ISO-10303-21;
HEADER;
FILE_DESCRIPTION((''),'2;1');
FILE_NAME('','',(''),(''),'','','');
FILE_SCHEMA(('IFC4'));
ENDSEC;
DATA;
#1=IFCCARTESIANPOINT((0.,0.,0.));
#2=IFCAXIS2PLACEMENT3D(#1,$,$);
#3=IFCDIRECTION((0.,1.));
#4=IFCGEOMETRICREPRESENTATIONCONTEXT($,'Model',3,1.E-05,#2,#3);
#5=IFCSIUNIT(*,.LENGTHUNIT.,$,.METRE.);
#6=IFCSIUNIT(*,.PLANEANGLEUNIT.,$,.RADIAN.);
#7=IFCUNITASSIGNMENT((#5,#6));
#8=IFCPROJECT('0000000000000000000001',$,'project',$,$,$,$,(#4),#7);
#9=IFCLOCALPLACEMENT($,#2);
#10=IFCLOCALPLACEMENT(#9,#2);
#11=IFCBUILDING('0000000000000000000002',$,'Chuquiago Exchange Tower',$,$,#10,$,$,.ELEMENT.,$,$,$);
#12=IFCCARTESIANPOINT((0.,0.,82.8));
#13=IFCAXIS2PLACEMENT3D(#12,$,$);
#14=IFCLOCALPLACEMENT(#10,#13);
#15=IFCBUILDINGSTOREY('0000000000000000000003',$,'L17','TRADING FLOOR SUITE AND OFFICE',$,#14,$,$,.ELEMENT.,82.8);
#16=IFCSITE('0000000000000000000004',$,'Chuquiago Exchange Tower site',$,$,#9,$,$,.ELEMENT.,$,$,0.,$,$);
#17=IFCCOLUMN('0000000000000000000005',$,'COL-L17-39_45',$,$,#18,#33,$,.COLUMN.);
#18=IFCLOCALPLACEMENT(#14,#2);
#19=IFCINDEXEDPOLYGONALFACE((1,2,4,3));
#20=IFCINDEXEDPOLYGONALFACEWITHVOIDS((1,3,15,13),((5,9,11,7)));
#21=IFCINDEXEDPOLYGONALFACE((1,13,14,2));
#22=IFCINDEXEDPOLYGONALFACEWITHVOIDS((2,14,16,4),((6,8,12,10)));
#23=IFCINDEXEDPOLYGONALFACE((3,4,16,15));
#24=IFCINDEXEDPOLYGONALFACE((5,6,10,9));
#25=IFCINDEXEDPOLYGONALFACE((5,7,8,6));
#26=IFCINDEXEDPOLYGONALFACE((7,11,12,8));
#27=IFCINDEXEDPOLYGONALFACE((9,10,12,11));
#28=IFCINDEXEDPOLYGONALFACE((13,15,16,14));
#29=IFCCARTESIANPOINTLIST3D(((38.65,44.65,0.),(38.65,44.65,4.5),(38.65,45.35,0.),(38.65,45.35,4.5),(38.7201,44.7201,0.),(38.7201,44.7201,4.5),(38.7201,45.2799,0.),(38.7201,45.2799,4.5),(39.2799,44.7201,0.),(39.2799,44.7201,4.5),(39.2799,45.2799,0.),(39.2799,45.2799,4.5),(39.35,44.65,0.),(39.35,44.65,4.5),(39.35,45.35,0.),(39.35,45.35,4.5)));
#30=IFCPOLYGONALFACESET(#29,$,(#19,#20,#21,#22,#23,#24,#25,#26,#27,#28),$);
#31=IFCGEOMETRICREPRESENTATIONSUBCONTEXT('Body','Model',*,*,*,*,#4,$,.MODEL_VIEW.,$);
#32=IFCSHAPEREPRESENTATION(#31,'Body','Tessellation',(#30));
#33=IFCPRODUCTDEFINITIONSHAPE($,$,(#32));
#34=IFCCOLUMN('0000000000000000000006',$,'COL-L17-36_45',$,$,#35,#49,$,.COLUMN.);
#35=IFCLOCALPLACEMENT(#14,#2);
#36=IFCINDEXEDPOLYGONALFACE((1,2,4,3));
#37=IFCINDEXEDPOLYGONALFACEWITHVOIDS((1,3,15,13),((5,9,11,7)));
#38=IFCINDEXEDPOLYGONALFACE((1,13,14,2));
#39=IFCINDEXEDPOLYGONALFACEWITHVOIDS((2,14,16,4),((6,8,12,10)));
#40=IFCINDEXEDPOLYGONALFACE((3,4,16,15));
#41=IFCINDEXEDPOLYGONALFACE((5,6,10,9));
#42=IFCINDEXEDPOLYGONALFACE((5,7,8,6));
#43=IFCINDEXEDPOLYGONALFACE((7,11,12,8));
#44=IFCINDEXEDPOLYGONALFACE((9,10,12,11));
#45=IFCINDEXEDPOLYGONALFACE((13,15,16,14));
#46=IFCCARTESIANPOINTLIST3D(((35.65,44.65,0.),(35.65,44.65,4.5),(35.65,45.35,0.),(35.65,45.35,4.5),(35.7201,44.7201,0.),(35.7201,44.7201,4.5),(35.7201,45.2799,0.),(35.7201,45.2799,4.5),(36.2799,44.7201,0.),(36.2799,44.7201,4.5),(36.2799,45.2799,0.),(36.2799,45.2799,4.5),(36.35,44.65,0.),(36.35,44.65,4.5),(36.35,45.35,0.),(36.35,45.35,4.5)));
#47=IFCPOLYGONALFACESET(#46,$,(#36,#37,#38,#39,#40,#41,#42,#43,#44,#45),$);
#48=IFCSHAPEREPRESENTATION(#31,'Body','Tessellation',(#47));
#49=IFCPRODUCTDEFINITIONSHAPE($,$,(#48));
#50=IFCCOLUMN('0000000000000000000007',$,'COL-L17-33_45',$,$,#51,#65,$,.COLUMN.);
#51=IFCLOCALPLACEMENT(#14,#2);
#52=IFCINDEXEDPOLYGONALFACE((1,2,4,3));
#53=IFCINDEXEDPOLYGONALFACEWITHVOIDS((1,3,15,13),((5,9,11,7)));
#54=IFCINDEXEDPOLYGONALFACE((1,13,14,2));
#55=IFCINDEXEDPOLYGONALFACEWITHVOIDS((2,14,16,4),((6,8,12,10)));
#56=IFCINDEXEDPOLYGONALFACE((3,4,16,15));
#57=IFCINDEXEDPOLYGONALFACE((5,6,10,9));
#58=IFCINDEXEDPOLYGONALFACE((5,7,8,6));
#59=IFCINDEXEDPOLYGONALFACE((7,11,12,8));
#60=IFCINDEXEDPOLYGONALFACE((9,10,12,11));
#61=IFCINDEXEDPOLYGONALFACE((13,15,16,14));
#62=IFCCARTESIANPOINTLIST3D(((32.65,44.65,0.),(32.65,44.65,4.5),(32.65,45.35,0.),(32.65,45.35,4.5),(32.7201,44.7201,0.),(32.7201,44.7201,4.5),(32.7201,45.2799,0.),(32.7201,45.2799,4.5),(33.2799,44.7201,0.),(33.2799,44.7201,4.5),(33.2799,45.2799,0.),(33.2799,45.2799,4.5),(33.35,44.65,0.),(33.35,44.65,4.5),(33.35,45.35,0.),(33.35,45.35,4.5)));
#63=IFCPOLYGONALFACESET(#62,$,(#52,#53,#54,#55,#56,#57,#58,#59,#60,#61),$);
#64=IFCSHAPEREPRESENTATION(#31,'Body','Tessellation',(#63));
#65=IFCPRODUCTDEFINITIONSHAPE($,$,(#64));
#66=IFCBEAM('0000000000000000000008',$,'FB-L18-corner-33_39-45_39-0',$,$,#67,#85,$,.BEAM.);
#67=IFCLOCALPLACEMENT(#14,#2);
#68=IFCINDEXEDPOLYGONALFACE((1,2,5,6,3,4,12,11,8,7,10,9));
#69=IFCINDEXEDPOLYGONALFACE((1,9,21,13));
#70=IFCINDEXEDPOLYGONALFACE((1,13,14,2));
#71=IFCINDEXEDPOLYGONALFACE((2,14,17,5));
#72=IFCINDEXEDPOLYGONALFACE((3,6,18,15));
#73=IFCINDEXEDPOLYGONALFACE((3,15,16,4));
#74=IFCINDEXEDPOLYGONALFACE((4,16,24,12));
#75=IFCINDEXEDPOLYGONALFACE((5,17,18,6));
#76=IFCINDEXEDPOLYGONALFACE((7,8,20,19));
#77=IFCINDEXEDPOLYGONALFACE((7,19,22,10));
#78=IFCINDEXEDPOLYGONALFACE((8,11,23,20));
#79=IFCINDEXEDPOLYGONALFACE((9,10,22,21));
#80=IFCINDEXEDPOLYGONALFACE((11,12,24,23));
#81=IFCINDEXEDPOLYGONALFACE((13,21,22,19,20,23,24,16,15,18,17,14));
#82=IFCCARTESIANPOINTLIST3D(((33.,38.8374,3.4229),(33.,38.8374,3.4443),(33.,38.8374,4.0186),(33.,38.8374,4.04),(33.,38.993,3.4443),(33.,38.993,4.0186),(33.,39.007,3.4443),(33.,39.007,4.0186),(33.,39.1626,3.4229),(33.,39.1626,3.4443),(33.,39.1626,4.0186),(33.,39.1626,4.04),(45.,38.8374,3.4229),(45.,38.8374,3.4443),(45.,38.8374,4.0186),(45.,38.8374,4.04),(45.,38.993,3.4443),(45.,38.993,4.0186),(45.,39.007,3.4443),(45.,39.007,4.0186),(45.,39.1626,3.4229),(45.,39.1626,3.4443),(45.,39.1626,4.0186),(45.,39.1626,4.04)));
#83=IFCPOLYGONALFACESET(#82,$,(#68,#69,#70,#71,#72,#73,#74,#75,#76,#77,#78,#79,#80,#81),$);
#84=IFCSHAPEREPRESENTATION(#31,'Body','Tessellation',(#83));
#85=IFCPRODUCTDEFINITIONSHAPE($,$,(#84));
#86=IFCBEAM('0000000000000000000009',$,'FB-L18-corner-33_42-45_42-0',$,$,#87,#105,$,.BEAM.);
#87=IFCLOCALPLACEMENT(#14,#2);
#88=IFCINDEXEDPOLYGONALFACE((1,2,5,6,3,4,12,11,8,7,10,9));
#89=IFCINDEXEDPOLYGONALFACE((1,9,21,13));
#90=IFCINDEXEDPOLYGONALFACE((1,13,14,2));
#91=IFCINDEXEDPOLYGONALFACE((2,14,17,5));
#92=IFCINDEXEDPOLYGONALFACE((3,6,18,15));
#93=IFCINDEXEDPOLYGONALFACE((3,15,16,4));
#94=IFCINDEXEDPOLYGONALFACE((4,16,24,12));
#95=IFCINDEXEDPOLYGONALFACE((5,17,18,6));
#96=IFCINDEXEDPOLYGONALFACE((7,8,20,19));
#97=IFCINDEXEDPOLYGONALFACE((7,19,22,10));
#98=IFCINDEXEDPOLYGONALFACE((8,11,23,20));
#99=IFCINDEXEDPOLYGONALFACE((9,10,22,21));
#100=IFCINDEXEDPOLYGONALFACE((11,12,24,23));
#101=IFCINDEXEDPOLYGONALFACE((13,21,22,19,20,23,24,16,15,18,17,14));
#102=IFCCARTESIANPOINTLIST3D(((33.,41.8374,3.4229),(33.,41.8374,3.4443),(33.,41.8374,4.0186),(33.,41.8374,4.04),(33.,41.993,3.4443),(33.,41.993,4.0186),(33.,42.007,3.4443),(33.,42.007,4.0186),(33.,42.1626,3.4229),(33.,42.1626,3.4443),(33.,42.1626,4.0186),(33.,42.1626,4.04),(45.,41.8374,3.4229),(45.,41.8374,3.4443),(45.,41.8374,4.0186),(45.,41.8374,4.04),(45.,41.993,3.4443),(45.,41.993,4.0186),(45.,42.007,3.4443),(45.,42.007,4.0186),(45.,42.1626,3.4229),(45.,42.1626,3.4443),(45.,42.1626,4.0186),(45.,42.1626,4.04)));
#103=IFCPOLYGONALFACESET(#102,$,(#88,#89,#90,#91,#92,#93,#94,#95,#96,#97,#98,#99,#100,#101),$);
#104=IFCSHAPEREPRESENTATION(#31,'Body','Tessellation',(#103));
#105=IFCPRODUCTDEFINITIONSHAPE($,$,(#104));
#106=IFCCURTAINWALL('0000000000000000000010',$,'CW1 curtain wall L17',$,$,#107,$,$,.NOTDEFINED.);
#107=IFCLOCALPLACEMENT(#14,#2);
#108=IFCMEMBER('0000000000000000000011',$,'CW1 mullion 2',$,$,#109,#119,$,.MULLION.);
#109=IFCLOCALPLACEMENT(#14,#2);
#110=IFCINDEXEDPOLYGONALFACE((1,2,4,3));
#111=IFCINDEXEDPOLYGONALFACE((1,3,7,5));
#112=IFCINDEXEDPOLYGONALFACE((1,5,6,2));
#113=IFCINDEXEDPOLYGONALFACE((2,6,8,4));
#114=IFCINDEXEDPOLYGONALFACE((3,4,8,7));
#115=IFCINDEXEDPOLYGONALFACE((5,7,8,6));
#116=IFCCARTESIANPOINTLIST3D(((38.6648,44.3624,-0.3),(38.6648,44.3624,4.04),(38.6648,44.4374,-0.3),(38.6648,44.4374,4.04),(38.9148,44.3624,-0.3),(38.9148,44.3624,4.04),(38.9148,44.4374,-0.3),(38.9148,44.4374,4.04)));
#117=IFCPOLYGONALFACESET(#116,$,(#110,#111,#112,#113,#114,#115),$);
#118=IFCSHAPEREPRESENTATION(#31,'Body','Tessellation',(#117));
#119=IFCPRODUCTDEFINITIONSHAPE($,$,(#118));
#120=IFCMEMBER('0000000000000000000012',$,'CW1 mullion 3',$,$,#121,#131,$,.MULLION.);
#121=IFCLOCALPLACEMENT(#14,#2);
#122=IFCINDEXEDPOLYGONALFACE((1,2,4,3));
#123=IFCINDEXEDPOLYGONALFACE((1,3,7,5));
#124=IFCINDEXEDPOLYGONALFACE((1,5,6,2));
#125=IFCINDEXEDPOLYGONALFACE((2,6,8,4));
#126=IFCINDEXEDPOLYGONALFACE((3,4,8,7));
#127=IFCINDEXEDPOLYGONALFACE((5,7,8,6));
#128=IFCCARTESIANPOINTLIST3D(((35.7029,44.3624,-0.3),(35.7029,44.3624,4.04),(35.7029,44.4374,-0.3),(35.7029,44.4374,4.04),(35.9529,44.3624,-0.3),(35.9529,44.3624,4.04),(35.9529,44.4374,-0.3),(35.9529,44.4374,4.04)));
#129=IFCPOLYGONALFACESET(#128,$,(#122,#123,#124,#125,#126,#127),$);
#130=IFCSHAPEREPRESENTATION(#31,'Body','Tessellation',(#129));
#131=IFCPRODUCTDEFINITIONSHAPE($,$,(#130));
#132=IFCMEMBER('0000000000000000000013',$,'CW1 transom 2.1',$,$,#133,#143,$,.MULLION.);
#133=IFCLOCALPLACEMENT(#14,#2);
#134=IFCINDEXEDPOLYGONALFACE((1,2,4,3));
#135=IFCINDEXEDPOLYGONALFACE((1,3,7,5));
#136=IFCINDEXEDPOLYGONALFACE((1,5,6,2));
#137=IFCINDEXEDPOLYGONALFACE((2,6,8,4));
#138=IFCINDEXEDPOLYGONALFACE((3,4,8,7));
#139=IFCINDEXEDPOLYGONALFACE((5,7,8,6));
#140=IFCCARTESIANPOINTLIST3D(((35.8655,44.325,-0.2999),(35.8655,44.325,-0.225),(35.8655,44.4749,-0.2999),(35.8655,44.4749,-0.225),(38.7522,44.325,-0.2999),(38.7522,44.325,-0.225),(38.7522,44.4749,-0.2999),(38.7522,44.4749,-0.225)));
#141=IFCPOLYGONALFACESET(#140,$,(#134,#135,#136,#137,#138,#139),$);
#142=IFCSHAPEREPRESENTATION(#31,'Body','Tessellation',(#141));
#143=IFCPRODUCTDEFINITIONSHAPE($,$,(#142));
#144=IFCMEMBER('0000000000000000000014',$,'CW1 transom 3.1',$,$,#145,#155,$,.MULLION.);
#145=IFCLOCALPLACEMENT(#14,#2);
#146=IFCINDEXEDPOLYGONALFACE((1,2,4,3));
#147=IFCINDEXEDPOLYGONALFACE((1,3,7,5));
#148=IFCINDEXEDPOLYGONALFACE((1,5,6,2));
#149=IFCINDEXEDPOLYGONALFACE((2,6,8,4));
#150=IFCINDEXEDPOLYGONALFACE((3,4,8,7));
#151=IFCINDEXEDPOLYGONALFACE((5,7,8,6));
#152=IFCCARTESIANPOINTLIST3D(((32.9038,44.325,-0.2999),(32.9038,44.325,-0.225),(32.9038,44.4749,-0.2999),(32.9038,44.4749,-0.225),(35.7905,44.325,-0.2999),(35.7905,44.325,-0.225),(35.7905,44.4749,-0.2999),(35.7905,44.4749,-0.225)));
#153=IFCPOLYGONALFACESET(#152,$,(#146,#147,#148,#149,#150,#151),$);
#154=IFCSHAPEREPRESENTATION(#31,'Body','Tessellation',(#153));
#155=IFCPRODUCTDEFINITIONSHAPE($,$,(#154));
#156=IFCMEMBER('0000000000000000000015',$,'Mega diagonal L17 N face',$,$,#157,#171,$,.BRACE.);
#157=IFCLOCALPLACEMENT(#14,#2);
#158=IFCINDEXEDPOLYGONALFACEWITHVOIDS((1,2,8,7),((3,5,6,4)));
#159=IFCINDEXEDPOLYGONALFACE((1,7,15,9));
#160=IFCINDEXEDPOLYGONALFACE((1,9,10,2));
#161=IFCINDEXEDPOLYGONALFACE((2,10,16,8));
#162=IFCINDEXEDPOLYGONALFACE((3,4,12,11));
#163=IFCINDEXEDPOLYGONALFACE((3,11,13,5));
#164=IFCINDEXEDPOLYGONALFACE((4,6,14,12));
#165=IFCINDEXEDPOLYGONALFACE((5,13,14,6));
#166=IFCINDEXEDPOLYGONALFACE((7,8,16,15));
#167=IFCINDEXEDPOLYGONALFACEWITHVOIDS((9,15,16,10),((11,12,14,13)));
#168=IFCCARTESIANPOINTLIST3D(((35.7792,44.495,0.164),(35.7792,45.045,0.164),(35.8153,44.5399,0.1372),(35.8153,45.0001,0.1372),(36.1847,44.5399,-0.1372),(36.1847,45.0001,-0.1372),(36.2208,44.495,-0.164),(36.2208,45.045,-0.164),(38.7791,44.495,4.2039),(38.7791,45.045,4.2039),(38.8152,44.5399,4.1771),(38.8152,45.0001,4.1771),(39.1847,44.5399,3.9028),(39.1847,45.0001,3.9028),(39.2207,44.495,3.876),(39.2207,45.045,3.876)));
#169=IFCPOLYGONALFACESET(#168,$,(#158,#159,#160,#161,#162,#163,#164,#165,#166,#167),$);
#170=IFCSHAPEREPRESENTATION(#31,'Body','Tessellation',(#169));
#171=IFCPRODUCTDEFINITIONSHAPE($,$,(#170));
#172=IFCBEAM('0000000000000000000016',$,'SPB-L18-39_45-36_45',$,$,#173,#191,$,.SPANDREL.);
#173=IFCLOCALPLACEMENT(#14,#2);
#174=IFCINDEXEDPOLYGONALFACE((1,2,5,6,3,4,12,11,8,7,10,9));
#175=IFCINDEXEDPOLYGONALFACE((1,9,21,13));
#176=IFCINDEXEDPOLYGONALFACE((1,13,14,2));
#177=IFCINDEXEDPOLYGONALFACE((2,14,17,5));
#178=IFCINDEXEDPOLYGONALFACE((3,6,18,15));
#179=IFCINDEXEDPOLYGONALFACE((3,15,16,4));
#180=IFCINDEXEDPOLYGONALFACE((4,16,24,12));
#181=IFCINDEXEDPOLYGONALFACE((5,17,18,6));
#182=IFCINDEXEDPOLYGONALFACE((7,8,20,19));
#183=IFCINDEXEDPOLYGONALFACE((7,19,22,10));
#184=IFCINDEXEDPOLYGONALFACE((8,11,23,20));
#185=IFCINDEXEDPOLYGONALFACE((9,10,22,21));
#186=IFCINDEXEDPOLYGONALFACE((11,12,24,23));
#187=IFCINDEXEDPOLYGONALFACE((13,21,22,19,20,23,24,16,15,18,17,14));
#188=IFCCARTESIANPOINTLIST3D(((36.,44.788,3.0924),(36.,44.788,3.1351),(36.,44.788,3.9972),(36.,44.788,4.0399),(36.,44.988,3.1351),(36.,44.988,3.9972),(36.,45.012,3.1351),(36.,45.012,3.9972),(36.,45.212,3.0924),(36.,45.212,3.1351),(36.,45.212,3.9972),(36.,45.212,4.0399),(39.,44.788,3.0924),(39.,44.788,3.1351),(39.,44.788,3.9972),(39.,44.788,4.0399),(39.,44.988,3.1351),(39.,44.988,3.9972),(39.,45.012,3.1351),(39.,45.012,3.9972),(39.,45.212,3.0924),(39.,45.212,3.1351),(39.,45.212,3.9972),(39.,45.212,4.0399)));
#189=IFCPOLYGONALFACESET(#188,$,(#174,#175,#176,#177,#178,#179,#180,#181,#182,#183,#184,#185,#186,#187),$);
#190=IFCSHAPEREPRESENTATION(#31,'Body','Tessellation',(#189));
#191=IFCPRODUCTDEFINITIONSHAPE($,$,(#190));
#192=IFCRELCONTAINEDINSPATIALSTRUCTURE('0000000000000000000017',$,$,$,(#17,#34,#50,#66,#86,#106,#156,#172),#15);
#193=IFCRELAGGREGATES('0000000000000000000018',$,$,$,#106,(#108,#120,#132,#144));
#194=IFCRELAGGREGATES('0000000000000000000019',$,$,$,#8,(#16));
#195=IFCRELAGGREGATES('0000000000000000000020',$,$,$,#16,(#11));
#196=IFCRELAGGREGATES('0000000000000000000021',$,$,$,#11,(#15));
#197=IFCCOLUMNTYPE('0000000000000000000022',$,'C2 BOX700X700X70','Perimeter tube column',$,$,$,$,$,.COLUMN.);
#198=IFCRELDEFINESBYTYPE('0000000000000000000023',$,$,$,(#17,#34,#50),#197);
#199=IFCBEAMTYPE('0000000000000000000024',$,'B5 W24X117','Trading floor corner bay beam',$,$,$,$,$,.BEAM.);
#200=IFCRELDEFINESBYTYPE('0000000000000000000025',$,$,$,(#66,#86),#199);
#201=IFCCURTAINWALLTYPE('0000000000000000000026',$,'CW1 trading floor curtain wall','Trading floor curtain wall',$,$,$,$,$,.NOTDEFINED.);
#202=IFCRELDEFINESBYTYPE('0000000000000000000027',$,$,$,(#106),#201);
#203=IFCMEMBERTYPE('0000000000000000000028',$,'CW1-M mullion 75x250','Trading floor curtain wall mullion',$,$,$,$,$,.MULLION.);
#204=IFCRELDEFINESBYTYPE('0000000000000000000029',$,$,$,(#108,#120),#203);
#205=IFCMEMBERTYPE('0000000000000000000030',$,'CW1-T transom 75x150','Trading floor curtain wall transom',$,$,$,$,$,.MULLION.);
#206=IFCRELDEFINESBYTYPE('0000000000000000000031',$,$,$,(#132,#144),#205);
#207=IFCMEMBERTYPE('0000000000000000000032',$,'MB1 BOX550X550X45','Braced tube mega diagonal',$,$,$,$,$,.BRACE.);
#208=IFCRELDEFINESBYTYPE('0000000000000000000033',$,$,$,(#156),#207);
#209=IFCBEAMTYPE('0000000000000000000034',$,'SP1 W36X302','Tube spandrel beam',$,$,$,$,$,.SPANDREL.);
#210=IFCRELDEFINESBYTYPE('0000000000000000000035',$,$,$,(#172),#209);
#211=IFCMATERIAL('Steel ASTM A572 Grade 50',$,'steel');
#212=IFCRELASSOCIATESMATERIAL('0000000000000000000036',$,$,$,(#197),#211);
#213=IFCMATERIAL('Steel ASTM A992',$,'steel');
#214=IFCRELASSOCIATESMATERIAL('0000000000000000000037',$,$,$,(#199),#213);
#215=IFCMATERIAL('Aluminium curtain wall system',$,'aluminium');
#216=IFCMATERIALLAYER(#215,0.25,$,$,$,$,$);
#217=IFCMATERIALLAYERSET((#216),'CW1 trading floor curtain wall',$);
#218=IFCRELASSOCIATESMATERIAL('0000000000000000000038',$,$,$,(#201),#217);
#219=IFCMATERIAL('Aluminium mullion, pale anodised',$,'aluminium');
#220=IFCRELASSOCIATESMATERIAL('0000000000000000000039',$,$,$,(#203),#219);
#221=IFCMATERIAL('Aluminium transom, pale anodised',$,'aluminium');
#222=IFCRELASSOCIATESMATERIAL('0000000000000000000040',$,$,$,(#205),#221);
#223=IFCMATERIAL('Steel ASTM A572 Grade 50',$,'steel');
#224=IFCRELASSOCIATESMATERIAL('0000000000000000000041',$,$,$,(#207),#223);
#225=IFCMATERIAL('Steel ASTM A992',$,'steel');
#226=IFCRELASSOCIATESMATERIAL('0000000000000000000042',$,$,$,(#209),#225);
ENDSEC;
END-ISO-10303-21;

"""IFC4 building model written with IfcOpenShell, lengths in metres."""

from ifc_helpers import new_model, si_unit, direction, frame, origin, origin_2d, place, context, subcontext, project, spatial, rectangle, hollow_rectangle, i_section, extrude, material, layer, layer_set, material_profile, profile_set, type_object, element, aggregate, save


model = new_model("IFC4")

# Units and contexts
model_context = context("Model", 3, precision=1e-05, world=origin(), true_north=direction((0.0, 1.0)))
body_context = subcontext(model_context, "Body", "Model", "MODEL_VIEW")
ifc_project = project(units=[si_unit("LENGTHUNIT", "METRE"), si_unit("PLANEANGLEUNIT", "RADIAN")], contexts=[model_context])

# Site, building, storey
site_placement = place(None, origin())
site = spatial("IfcSite", under=ifc_project, at=site_placement, Name="Chuquiago Exchange Tower site", CompositionType="ELEMENT", RefElevation=0.0)
building_placement = place(site_placement, origin())
building = spatial("IfcBuilding", under=site, at=building_placement, Name="Chuquiago Exchange Tower", CompositionType="ELEMENT")
storey_placement = place(building_placement, frame((0.0, 0.0, 82.8)))
storey = spatial("IfcBuildingStorey", under=building, at=storey_placement, Name="L17", Description="TRADING FLOOR SUITE AND OFFICE", CompositionType="ELEMENT", Elevation=82.8)

# Columns
ifc_material_1 = material(Name="Steel ASTM A572 Grade 50", Category="steel")
ifc_material_profile_1 = material_profile(ifc_material_1, hollow_rectangle(XDim=0.7, YDim=0.7, WallThickness=0.0701, at=origin_2d()), Name="BOX700X700X70")
ifc_profile_set_1 = profile_set([ifc_material_profile_1], Name="Steel ASTM A572 Grade 50")
column_type = type_object("IfcColumnType", Name="C2 BOX700X700X70", Description="Perimeter tube column", PredefinedType="COLUMN", material=ifc_profile_set_1)
for number, where, z_axis, x_axis, name in (
    (1, (39.0, 45.0, 0.0), (0.0, 0.0, 1.0), (0.0, 1.0, 0.0), "COL-L17-39_45"),
    (2, (36.0, 45.0, 0.0), (0.0, 0.0, 1.0), (0.0, 1.0, 0.0), "COL-L17-36_45"),
    (3, (33.0, 45.0, 0.0), (0.0, 0.0, 1.0), (0.0, 1.0, 0.0), "COL-L17-33_45"),
):
    element("IfcColumn", number, at=place(storey_placement, frame(where, z_axis=z_axis, x_axis=x_axis)), inside=storey, type_object=column_type, Name=name, PredefinedType="COLUMN", context=body_context, shape_type="SweptSolid", body=[
        extrude(hollow_rectangle(XDim=0.7, YDim=0.7, WallThickness=0.0701, at=origin_2d()), origin(), (0.0, 0.0, 1.0), 4.5),
    ])

# Beams
ifc_material_2 = material(Name="Steel ASTM A992", Category="steel")
ifc_material_profile_2 = material_profile(ifc_material_2, i_section(OverallWidth=0.3252, OverallDepth=0.6172, WebThickness=0.0139, FlangeThickness=0.0215, at=origin_2d()), Name="W24X117")
ifc_profile_set_2 = profile_set([ifc_material_profile_2], Name="Steel ASTM A992")
beam_type_1 = type_object("IfcBeamType", Name="B5 W24X117", Description="Trading floor corner bay beam", PredefinedType="BEAM", material=ifc_profile_set_2)
for number, where, z_axis, x_axis, name in (
    (4, (33.0, 39.0, 3.7314), (1.0, 0.0, 0.0), (0.0, 1.0, 0.0), "FB-L18-corner-33_39-45_39-0"),
    (5, (33.0, 42.0, 3.7314), (1.0, 0.0, 0.0), (0.0, 1.0, 0.0), "FB-L18-corner-33_42-45_42-0"),
):
    element("IfcBeam", number, at=place(storey_placement, frame(where, z_axis=z_axis, x_axis=x_axis)), inside=storey, type_object=beam_type_1, Name=name, PredefinedType="BEAM", context=body_context, shape_type="SweptSolid", body=[
        extrude(i_section(OverallWidth=0.3252, OverallDepth=0.6172, WebThickness=0.0139, FlangeThickness=0.0215, at=origin_2d()), origin(), (0.0, 0.0, 1.0), 12.0),
    ])

# Curtain wall, members
ifc_material_3 = material(Name="Aluminium curtain wall system", Category="aluminium")
ifc_layer_1 = layer(ifc_material_3, 0.25)
ifc_layer_set_1 = layer_set([ifc_layer_1], Name="CW1 trading floor curtain wall")
curtain_wall_type = type_object("IfcCurtainWallType", Name="CW1 trading floor curtain wall", Description="Trading floor curtain wall", PredefinedType="NOTDEFINED", material=ifc_layer_set_1)
curtain_wall_placement = place(storey_placement, origin())
curtain_wall = element("IfcCurtainWall", 6, at=curtain_wall_placement, inside=storey, type_object=curtain_wall_type, Name="CW1 curtain wall L17", PredefinedType="NOTDEFINED")
ifc_material_4 = material(Name="Aluminium mullion, pale anodised", Category="aluminium")
ifc_material_profile_3 = material_profile(ifc_material_4, rectangle(XDim=0.075, YDim=0.25, at=origin_2d()), Name="AL 75x250")
ifc_profile_set_3 = profile_set([ifc_material_profile_3], Name="Aluminium mullion, pale anodised")
member_type_1 = type_object("IfcMemberType", Name="CW1-M mullion 75x250", Description="Trading floor curtain wall mullion", PredefinedType="MULLION", material=ifc_profile_set_3)
member_1_placement = place(storey_placement, frame((38.7898, 44.3999, -0.3), z_axis=(0.0, 0.0, 1.0), x_axis=(0.0, -1.0, 0.0)))
member_1 = element("IfcMember", 7, at=member_1_placement, type_object=member_type_1, Name="CW1 mullion 2", PredefinedType="MULLION", context=body_context, shape_type="SweptSolid", body=[
    extrude(rectangle(XDim=0.075, YDim=0.25, at=origin_2d()), origin(), (0.0, 0.0, 1.0), 4.3401),
])
member_2_placement = place(storey_placement, frame((35.8279, 44.3999, -0.3), z_axis=(0.0, 0.0, 1.0), x_axis=(0.0, -1.0, 0.0)))
member_2 = element("IfcMember", 8, at=member_2_placement, type_object=member_type_1, Name="CW1 mullion 3", PredefinedType="MULLION", context=body_context, shape_type="SweptSolid", body=[
    extrude(rectangle(XDim=0.075, YDim=0.25, at=origin_2d()), origin(), (0.0, 0.0, 1.0), 4.3401),
])
ifc_material_5 = material(Name="Aluminium transom, pale anodised", Category="aluminium")
ifc_material_profile_4 = material_profile(ifc_material_5, rectangle(XDim=0.1499, YDim=0.075, at=origin_2d()), Name="AL 150x75")
ifc_profile_set_4 = profile_set([ifc_material_profile_4], Name="Aluminium transom, pale anodised")
member_type_2 = type_object("IfcMemberType", Name="CW1-T transom 75x150", Description="Trading floor curtain wall transom", PredefinedType="MULLION", material=ifc_profile_set_4)
member_3_placement = place(storey_placement, frame((38.7522, 44.3999, -0.2625), z_axis=(-1.0, 0.0, 0.0), x_axis=(0.0, -1.0, 0.0)))
member_3 = element("IfcMember", 9, at=member_3_placement, type_object=member_type_2, Name="CW1 transom 2.1", PredefinedType="MULLION", context=body_context, shape_type="SweptSolid", body=[
    extrude(rectangle(XDim=0.1499, YDim=0.075, at=origin_2d()), origin(), (0.0, 0.0, 1.0), 2.8867),
])
member_4_placement = place(storey_placement, frame((35.7905, 44.3999, -0.2625), z_axis=(-1.0, 0.0, 0.0), x_axis=(0.0, -1.0, 0.0)))
member_4 = element("IfcMember", 10, at=member_4_placement, type_object=member_type_2, Name="CW1 transom 3.1", PredefinedType="MULLION", context=body_context, shape_type="SweptSolid", body=[
    extrude(rectangle(XDim=0.1499, YDim=0.075, at=origin_2d()), origin(), (0.0, 0.0, 1.0), 2.8867),
])

# Member
ifc_material_6 = material(Name="Steel ASTM A572 Grade 50", Category="steel")
ifc_material_profile_5 = material_profile(ifc_material_6, hollow_rectangle(XDim=0.55, YDim=0.55, WallThickness=0.0449, at=origin_2d()), Name="BOX550X550X45")
ifc_profile_set_5 = profile_set([ifc_material_profile_5], Name="Steel ASTM A572 Grade 50")
member_type_3 = type_object("IfcMemberType", Name="MB1 BOX550X550X45", Description="Braced tube mega diagonal", PredefinedType="BRACE", material=ifc_profile_set_5)
member_5_placement = place(storey_placement, frame((36.0, 44.77, 0.0), z_axis=(0.596174, 0.0, 0.802855), x_axis=(0.0, 1.0, 0.0)))
element("IfcMember", 11, at=member_5_placement, inside=storey, type_object=member_type_3, Name="Mega diagonal L17 N face", PredefinedType="BRACE", context=body_context, shape_type="SweptSolid", body=[
    extrude(hollow_rectangle(XDim=0.55, YDim=0.55, WallThickness=0.0449, at=origin_2d()), origin(), (0.0, 0.0, 1.0), 5.032),
])

# Beam
ifc_material_7 = material(Name="Steel ASTM A992", Category="steel")
ifc_material_profile_6 = material_profile(ifc_material_7, i_section(OverallWidth=0.4241, OverallDepth=0.9475, WebThickness=0.0239, FlangeThickness=0.0427, at=origin_2d()), Name="W36X302")
ifc_profile_set_6 = profile_set([ifc_material_profile_6], Name="Steel ASTM A992")
beam_type_2 = type_object("IfcBeamType", Name="SP1 W36X302", Description="Tube spandrel beam", PredefinedType="SPANDREL", material=ifc_profile_set_6)
for number, where, z_axis, x_axis, name in (
    (12, (39.0, 45.0, 3.5662), (-1.0, 0.0, 0.0), (0.0, -1.0, 0.0), "SPB-L18-39_45-36_45"),
):
    element("IfcBeam", number, at=place(storey_placement, frame(where, z_axis=z_axis, x_axis=x_axis)), inside=storey, type_object=beam_type_2, Name=name, PredefinedType="SPANDREL", context=body_context, shape_type="SweptSolid", body=[
        extrude(i_section(OverallWidth=0.4241, OverallDepth=0.9475, WebThickness=0.0239, FlangeThickness=0.0427, at=origin_2d()), origin(), (0.0, 0.0, 1.0), 3.0),
    ])

aggregate(curtain_wall, [member_1, member_2, member_3, member_4])

save(model, "model.ifc")
